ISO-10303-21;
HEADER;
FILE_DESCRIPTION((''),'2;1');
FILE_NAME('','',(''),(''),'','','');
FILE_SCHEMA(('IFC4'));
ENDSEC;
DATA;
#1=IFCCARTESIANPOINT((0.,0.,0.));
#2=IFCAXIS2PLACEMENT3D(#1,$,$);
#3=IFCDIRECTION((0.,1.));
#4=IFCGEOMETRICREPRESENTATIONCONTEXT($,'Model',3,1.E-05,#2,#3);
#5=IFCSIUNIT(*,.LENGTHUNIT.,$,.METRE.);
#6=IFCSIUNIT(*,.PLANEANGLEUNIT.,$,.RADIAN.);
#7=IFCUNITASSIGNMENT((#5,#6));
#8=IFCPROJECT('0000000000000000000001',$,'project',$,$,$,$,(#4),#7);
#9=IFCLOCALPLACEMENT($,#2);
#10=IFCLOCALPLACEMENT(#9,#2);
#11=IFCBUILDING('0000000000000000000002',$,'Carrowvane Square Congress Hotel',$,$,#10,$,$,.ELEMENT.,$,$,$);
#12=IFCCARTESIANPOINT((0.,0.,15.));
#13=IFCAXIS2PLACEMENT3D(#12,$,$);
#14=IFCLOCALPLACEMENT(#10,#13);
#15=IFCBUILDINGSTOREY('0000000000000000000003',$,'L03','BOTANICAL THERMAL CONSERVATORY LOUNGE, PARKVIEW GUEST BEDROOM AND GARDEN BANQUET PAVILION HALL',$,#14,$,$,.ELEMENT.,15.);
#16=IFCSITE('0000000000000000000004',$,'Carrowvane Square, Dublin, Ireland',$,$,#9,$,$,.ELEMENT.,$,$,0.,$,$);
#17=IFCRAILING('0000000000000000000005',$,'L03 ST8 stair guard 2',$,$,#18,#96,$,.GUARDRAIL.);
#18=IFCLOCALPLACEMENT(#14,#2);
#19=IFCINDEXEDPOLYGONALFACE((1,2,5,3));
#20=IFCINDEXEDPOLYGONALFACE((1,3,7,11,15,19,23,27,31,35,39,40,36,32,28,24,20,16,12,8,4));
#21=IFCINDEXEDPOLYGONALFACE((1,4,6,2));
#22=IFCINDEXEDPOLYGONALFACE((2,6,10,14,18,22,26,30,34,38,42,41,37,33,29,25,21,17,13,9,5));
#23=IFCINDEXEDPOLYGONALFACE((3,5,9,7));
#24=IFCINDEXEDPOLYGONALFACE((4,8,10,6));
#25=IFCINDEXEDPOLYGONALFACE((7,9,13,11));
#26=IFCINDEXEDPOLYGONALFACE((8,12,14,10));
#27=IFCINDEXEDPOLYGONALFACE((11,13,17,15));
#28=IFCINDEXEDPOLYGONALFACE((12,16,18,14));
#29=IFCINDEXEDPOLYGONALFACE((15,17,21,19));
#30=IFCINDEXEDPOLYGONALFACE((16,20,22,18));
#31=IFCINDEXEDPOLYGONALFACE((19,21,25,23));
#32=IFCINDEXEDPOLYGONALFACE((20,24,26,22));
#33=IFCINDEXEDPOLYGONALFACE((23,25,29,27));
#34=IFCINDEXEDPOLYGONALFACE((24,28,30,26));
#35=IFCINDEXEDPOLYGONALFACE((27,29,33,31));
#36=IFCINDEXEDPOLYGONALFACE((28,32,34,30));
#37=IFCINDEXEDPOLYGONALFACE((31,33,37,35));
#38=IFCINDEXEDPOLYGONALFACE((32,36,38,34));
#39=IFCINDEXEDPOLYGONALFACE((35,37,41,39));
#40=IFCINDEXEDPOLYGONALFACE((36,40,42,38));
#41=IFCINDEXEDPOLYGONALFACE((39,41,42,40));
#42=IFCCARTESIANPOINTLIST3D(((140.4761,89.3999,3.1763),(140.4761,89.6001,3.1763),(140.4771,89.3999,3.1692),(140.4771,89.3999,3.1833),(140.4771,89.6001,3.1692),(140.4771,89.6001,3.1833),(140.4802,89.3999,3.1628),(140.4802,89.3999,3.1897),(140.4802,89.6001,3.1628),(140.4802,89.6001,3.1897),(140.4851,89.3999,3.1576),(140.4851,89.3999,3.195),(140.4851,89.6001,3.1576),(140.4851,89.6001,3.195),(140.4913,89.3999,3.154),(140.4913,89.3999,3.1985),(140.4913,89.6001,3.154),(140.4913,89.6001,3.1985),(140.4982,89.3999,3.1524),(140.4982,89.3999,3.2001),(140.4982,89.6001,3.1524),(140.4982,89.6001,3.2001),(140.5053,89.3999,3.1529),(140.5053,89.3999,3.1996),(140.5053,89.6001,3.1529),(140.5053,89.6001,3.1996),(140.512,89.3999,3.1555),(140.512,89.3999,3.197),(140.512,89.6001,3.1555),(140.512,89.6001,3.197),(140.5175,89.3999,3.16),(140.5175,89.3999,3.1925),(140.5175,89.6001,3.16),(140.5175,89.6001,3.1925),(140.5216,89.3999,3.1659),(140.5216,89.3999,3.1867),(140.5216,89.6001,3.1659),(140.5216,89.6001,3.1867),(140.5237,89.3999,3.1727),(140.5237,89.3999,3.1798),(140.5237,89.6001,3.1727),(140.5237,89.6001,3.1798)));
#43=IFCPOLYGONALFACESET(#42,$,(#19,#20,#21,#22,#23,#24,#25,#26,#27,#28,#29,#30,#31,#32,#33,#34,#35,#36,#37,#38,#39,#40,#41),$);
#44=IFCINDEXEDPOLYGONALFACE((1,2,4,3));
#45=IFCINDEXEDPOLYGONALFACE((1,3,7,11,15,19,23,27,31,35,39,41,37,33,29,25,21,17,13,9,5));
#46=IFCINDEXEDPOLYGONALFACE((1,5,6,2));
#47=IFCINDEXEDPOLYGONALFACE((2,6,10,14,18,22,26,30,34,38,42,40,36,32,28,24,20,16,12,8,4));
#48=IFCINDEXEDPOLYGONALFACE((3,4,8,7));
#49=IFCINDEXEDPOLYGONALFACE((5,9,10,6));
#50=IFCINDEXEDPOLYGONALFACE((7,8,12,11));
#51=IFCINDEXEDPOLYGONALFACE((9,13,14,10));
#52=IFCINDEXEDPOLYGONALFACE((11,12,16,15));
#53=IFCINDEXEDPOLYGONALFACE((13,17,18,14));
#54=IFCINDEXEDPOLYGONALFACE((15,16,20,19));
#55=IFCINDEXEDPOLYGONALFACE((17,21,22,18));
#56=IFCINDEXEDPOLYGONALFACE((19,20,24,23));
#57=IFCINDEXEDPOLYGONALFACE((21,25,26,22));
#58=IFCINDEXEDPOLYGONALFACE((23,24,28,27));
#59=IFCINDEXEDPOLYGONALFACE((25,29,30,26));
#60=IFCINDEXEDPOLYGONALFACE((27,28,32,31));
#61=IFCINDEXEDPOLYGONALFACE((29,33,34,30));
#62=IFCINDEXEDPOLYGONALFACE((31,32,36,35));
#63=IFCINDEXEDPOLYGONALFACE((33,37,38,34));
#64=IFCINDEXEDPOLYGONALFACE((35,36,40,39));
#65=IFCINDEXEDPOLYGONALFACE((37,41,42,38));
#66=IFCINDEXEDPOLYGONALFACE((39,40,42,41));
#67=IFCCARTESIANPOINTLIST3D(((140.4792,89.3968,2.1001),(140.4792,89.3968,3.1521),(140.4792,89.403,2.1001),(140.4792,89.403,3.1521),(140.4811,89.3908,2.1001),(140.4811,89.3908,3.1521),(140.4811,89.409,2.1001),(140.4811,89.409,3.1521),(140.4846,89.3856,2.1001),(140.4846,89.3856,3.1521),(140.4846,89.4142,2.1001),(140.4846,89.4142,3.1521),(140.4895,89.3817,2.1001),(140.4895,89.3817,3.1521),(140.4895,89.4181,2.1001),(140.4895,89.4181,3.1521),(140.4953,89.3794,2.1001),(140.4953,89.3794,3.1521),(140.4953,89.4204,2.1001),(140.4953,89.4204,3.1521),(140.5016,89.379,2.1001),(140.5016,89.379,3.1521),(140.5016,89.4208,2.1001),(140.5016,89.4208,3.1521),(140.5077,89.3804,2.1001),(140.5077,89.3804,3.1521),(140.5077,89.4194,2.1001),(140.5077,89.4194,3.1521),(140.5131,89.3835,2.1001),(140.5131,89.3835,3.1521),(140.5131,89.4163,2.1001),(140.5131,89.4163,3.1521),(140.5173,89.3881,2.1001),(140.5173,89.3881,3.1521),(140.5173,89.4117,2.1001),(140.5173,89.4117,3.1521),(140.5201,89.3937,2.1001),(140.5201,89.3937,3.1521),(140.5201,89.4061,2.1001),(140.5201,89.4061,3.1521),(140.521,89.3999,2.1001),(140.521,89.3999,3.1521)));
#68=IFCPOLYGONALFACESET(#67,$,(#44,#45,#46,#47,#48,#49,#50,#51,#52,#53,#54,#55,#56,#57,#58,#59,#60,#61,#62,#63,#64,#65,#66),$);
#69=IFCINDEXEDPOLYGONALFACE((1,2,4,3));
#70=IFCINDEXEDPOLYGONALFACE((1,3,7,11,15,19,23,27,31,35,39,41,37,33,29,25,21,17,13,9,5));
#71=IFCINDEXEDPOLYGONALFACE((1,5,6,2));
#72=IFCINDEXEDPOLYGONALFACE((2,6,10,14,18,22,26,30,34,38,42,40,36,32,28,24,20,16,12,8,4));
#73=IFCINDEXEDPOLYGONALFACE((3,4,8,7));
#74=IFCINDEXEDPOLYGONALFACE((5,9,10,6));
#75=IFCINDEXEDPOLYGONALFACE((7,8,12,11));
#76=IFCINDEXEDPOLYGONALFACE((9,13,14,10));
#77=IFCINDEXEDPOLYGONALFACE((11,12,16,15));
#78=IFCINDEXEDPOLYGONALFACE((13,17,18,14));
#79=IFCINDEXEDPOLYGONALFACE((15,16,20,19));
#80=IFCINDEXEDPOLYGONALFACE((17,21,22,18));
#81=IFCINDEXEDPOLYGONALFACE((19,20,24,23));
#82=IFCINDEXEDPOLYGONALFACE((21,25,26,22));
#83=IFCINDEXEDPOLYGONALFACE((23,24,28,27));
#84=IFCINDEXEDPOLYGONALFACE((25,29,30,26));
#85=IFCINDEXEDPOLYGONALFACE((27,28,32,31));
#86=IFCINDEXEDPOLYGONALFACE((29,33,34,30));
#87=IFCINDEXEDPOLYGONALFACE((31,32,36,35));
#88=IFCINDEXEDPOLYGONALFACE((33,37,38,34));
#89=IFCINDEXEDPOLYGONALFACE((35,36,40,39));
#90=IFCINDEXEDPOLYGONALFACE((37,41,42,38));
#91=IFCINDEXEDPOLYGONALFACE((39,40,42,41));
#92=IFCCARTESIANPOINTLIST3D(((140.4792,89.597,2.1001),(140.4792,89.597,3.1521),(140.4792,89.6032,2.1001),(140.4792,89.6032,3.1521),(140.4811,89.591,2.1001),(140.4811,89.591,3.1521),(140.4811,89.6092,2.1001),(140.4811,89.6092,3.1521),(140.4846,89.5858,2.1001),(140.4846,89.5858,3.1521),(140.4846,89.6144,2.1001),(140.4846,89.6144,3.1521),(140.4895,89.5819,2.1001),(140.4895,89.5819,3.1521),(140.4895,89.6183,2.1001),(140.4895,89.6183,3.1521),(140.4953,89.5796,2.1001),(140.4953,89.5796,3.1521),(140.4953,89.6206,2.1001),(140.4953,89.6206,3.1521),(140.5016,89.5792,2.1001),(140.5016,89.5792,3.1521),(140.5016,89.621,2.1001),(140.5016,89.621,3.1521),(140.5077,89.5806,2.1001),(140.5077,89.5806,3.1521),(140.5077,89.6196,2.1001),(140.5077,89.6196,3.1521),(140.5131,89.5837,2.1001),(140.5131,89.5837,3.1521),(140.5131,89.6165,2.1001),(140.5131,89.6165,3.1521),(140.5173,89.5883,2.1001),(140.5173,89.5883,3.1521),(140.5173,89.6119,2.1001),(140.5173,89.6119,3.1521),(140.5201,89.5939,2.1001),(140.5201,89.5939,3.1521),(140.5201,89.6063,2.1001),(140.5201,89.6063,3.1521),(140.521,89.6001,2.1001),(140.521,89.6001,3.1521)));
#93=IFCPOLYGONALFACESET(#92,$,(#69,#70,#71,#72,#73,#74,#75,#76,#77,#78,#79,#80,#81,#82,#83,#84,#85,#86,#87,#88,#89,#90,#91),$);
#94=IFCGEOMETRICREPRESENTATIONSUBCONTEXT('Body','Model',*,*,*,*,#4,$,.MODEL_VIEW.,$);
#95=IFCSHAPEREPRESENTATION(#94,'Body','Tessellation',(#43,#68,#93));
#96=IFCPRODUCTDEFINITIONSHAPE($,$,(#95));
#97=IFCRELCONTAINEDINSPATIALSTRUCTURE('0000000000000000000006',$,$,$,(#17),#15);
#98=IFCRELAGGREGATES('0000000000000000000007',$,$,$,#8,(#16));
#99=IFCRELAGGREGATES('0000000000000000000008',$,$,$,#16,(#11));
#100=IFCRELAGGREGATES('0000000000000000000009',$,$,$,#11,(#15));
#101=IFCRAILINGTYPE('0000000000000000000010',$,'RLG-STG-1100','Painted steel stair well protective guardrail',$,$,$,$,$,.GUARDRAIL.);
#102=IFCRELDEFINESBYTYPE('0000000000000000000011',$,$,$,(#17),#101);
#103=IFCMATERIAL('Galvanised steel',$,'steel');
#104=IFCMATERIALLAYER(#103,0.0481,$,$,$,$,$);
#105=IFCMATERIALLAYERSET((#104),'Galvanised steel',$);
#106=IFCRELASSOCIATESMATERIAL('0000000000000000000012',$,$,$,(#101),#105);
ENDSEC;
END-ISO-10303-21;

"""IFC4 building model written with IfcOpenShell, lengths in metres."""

from ifc_helpers import new_model, si_unit, direction, frame, origin, origin_2d, place, context, subcontext, project, spatial, circle, extrude, material, layer, layer_set, type_object, element, save


model = new_model("IFC4")

# Units and contexts
model_context = context("Model", 3, precision=1e-05, world=origin(), true_north=direction((0.0, 1.0)))
body_context = subcontext(model_context, "Body", "Model", "MODEL_VIEW")
ifc_project = project(units=[si_unit("LENGTHUNIT", "METRE"), si_unit("PLANEANGLEUNIT", "RADIAN")], contexts=[model_context])

# Site, building, storey
site_placement = place(None, origin())
site = spatial("IfcSite", under=ifc_project, at=site_placement, Name="Carrowvane Square, Dublin, Ireland", CompositionType="ELEMENT", RefElevation=0.0)
building_placement = place(site_placement, origin())
building = spatial("IfcBuilding", under=site, at=building_placement, Name="Carrowvane Square Congress Hotel", CompositionType="ELEMENT")
storey_placement = place(building_placement, frame((0.0, 0.0, 15.0)))
storey = spatial("IfcBuildingStorey", under=building, at=storey_placement, Name="L03", Description="BOTANICAL THERMAL CONSERVATORY LOUNGE, PARKVIEW GUEST BEDROOM AND GARDEN BANQUET PAVILION HALL", CompositionType="ELEMENT", Elevation=15.0)

# Railing
ifc_material_1 = material(Name="Galvanised steel", Category="steel")
ifc_layer_1 = layer(ifc_material_1, 0.0481)
ifc_layer_set_1 = layer_set([ifc_layer_1], Name="Galvanised steel")
railing_type_1 = type_object("IfcRailingType", Name="RLG-STG-1100", Description="Painted steel stair well protective guardrail", PredefinedType="GUARDRAIL", material=ifc_layer_set_1)
railing_1_placement = place(storey_placement, frame((140.5, 89.3999, 2.1001)))
element("IfcRailing", 1, at=railing_1_placement, inside=storey, type_object=railing_type_1, Name="L03 ST8 stair guard 2", PredefinedType="GUARDRAIL", context=body_context, shape_type="SweptSolid", body=[
    extrude(circle(Radius=0.0239, at=origin_2d()), frame((0.0, 0.0, 1.0762), z_axis=(0.0, 1.0, 0.0), x_axis=(-1.0, 0.0, 0.0)), (0.0, 0.0, 1.0), 0.2002),
    extrude(circle(Radius=0.021, at=origin_2d()), origin(), (0.0, 0.0, 1.0), 1.052),
    extrude(circle(Radius=0.021, at=origin_2d()), frame((0.0, 0.2002, 0.0)), (0.0, 0.0, 1.0), 1.052),
])

save(model, "model.ifc")
